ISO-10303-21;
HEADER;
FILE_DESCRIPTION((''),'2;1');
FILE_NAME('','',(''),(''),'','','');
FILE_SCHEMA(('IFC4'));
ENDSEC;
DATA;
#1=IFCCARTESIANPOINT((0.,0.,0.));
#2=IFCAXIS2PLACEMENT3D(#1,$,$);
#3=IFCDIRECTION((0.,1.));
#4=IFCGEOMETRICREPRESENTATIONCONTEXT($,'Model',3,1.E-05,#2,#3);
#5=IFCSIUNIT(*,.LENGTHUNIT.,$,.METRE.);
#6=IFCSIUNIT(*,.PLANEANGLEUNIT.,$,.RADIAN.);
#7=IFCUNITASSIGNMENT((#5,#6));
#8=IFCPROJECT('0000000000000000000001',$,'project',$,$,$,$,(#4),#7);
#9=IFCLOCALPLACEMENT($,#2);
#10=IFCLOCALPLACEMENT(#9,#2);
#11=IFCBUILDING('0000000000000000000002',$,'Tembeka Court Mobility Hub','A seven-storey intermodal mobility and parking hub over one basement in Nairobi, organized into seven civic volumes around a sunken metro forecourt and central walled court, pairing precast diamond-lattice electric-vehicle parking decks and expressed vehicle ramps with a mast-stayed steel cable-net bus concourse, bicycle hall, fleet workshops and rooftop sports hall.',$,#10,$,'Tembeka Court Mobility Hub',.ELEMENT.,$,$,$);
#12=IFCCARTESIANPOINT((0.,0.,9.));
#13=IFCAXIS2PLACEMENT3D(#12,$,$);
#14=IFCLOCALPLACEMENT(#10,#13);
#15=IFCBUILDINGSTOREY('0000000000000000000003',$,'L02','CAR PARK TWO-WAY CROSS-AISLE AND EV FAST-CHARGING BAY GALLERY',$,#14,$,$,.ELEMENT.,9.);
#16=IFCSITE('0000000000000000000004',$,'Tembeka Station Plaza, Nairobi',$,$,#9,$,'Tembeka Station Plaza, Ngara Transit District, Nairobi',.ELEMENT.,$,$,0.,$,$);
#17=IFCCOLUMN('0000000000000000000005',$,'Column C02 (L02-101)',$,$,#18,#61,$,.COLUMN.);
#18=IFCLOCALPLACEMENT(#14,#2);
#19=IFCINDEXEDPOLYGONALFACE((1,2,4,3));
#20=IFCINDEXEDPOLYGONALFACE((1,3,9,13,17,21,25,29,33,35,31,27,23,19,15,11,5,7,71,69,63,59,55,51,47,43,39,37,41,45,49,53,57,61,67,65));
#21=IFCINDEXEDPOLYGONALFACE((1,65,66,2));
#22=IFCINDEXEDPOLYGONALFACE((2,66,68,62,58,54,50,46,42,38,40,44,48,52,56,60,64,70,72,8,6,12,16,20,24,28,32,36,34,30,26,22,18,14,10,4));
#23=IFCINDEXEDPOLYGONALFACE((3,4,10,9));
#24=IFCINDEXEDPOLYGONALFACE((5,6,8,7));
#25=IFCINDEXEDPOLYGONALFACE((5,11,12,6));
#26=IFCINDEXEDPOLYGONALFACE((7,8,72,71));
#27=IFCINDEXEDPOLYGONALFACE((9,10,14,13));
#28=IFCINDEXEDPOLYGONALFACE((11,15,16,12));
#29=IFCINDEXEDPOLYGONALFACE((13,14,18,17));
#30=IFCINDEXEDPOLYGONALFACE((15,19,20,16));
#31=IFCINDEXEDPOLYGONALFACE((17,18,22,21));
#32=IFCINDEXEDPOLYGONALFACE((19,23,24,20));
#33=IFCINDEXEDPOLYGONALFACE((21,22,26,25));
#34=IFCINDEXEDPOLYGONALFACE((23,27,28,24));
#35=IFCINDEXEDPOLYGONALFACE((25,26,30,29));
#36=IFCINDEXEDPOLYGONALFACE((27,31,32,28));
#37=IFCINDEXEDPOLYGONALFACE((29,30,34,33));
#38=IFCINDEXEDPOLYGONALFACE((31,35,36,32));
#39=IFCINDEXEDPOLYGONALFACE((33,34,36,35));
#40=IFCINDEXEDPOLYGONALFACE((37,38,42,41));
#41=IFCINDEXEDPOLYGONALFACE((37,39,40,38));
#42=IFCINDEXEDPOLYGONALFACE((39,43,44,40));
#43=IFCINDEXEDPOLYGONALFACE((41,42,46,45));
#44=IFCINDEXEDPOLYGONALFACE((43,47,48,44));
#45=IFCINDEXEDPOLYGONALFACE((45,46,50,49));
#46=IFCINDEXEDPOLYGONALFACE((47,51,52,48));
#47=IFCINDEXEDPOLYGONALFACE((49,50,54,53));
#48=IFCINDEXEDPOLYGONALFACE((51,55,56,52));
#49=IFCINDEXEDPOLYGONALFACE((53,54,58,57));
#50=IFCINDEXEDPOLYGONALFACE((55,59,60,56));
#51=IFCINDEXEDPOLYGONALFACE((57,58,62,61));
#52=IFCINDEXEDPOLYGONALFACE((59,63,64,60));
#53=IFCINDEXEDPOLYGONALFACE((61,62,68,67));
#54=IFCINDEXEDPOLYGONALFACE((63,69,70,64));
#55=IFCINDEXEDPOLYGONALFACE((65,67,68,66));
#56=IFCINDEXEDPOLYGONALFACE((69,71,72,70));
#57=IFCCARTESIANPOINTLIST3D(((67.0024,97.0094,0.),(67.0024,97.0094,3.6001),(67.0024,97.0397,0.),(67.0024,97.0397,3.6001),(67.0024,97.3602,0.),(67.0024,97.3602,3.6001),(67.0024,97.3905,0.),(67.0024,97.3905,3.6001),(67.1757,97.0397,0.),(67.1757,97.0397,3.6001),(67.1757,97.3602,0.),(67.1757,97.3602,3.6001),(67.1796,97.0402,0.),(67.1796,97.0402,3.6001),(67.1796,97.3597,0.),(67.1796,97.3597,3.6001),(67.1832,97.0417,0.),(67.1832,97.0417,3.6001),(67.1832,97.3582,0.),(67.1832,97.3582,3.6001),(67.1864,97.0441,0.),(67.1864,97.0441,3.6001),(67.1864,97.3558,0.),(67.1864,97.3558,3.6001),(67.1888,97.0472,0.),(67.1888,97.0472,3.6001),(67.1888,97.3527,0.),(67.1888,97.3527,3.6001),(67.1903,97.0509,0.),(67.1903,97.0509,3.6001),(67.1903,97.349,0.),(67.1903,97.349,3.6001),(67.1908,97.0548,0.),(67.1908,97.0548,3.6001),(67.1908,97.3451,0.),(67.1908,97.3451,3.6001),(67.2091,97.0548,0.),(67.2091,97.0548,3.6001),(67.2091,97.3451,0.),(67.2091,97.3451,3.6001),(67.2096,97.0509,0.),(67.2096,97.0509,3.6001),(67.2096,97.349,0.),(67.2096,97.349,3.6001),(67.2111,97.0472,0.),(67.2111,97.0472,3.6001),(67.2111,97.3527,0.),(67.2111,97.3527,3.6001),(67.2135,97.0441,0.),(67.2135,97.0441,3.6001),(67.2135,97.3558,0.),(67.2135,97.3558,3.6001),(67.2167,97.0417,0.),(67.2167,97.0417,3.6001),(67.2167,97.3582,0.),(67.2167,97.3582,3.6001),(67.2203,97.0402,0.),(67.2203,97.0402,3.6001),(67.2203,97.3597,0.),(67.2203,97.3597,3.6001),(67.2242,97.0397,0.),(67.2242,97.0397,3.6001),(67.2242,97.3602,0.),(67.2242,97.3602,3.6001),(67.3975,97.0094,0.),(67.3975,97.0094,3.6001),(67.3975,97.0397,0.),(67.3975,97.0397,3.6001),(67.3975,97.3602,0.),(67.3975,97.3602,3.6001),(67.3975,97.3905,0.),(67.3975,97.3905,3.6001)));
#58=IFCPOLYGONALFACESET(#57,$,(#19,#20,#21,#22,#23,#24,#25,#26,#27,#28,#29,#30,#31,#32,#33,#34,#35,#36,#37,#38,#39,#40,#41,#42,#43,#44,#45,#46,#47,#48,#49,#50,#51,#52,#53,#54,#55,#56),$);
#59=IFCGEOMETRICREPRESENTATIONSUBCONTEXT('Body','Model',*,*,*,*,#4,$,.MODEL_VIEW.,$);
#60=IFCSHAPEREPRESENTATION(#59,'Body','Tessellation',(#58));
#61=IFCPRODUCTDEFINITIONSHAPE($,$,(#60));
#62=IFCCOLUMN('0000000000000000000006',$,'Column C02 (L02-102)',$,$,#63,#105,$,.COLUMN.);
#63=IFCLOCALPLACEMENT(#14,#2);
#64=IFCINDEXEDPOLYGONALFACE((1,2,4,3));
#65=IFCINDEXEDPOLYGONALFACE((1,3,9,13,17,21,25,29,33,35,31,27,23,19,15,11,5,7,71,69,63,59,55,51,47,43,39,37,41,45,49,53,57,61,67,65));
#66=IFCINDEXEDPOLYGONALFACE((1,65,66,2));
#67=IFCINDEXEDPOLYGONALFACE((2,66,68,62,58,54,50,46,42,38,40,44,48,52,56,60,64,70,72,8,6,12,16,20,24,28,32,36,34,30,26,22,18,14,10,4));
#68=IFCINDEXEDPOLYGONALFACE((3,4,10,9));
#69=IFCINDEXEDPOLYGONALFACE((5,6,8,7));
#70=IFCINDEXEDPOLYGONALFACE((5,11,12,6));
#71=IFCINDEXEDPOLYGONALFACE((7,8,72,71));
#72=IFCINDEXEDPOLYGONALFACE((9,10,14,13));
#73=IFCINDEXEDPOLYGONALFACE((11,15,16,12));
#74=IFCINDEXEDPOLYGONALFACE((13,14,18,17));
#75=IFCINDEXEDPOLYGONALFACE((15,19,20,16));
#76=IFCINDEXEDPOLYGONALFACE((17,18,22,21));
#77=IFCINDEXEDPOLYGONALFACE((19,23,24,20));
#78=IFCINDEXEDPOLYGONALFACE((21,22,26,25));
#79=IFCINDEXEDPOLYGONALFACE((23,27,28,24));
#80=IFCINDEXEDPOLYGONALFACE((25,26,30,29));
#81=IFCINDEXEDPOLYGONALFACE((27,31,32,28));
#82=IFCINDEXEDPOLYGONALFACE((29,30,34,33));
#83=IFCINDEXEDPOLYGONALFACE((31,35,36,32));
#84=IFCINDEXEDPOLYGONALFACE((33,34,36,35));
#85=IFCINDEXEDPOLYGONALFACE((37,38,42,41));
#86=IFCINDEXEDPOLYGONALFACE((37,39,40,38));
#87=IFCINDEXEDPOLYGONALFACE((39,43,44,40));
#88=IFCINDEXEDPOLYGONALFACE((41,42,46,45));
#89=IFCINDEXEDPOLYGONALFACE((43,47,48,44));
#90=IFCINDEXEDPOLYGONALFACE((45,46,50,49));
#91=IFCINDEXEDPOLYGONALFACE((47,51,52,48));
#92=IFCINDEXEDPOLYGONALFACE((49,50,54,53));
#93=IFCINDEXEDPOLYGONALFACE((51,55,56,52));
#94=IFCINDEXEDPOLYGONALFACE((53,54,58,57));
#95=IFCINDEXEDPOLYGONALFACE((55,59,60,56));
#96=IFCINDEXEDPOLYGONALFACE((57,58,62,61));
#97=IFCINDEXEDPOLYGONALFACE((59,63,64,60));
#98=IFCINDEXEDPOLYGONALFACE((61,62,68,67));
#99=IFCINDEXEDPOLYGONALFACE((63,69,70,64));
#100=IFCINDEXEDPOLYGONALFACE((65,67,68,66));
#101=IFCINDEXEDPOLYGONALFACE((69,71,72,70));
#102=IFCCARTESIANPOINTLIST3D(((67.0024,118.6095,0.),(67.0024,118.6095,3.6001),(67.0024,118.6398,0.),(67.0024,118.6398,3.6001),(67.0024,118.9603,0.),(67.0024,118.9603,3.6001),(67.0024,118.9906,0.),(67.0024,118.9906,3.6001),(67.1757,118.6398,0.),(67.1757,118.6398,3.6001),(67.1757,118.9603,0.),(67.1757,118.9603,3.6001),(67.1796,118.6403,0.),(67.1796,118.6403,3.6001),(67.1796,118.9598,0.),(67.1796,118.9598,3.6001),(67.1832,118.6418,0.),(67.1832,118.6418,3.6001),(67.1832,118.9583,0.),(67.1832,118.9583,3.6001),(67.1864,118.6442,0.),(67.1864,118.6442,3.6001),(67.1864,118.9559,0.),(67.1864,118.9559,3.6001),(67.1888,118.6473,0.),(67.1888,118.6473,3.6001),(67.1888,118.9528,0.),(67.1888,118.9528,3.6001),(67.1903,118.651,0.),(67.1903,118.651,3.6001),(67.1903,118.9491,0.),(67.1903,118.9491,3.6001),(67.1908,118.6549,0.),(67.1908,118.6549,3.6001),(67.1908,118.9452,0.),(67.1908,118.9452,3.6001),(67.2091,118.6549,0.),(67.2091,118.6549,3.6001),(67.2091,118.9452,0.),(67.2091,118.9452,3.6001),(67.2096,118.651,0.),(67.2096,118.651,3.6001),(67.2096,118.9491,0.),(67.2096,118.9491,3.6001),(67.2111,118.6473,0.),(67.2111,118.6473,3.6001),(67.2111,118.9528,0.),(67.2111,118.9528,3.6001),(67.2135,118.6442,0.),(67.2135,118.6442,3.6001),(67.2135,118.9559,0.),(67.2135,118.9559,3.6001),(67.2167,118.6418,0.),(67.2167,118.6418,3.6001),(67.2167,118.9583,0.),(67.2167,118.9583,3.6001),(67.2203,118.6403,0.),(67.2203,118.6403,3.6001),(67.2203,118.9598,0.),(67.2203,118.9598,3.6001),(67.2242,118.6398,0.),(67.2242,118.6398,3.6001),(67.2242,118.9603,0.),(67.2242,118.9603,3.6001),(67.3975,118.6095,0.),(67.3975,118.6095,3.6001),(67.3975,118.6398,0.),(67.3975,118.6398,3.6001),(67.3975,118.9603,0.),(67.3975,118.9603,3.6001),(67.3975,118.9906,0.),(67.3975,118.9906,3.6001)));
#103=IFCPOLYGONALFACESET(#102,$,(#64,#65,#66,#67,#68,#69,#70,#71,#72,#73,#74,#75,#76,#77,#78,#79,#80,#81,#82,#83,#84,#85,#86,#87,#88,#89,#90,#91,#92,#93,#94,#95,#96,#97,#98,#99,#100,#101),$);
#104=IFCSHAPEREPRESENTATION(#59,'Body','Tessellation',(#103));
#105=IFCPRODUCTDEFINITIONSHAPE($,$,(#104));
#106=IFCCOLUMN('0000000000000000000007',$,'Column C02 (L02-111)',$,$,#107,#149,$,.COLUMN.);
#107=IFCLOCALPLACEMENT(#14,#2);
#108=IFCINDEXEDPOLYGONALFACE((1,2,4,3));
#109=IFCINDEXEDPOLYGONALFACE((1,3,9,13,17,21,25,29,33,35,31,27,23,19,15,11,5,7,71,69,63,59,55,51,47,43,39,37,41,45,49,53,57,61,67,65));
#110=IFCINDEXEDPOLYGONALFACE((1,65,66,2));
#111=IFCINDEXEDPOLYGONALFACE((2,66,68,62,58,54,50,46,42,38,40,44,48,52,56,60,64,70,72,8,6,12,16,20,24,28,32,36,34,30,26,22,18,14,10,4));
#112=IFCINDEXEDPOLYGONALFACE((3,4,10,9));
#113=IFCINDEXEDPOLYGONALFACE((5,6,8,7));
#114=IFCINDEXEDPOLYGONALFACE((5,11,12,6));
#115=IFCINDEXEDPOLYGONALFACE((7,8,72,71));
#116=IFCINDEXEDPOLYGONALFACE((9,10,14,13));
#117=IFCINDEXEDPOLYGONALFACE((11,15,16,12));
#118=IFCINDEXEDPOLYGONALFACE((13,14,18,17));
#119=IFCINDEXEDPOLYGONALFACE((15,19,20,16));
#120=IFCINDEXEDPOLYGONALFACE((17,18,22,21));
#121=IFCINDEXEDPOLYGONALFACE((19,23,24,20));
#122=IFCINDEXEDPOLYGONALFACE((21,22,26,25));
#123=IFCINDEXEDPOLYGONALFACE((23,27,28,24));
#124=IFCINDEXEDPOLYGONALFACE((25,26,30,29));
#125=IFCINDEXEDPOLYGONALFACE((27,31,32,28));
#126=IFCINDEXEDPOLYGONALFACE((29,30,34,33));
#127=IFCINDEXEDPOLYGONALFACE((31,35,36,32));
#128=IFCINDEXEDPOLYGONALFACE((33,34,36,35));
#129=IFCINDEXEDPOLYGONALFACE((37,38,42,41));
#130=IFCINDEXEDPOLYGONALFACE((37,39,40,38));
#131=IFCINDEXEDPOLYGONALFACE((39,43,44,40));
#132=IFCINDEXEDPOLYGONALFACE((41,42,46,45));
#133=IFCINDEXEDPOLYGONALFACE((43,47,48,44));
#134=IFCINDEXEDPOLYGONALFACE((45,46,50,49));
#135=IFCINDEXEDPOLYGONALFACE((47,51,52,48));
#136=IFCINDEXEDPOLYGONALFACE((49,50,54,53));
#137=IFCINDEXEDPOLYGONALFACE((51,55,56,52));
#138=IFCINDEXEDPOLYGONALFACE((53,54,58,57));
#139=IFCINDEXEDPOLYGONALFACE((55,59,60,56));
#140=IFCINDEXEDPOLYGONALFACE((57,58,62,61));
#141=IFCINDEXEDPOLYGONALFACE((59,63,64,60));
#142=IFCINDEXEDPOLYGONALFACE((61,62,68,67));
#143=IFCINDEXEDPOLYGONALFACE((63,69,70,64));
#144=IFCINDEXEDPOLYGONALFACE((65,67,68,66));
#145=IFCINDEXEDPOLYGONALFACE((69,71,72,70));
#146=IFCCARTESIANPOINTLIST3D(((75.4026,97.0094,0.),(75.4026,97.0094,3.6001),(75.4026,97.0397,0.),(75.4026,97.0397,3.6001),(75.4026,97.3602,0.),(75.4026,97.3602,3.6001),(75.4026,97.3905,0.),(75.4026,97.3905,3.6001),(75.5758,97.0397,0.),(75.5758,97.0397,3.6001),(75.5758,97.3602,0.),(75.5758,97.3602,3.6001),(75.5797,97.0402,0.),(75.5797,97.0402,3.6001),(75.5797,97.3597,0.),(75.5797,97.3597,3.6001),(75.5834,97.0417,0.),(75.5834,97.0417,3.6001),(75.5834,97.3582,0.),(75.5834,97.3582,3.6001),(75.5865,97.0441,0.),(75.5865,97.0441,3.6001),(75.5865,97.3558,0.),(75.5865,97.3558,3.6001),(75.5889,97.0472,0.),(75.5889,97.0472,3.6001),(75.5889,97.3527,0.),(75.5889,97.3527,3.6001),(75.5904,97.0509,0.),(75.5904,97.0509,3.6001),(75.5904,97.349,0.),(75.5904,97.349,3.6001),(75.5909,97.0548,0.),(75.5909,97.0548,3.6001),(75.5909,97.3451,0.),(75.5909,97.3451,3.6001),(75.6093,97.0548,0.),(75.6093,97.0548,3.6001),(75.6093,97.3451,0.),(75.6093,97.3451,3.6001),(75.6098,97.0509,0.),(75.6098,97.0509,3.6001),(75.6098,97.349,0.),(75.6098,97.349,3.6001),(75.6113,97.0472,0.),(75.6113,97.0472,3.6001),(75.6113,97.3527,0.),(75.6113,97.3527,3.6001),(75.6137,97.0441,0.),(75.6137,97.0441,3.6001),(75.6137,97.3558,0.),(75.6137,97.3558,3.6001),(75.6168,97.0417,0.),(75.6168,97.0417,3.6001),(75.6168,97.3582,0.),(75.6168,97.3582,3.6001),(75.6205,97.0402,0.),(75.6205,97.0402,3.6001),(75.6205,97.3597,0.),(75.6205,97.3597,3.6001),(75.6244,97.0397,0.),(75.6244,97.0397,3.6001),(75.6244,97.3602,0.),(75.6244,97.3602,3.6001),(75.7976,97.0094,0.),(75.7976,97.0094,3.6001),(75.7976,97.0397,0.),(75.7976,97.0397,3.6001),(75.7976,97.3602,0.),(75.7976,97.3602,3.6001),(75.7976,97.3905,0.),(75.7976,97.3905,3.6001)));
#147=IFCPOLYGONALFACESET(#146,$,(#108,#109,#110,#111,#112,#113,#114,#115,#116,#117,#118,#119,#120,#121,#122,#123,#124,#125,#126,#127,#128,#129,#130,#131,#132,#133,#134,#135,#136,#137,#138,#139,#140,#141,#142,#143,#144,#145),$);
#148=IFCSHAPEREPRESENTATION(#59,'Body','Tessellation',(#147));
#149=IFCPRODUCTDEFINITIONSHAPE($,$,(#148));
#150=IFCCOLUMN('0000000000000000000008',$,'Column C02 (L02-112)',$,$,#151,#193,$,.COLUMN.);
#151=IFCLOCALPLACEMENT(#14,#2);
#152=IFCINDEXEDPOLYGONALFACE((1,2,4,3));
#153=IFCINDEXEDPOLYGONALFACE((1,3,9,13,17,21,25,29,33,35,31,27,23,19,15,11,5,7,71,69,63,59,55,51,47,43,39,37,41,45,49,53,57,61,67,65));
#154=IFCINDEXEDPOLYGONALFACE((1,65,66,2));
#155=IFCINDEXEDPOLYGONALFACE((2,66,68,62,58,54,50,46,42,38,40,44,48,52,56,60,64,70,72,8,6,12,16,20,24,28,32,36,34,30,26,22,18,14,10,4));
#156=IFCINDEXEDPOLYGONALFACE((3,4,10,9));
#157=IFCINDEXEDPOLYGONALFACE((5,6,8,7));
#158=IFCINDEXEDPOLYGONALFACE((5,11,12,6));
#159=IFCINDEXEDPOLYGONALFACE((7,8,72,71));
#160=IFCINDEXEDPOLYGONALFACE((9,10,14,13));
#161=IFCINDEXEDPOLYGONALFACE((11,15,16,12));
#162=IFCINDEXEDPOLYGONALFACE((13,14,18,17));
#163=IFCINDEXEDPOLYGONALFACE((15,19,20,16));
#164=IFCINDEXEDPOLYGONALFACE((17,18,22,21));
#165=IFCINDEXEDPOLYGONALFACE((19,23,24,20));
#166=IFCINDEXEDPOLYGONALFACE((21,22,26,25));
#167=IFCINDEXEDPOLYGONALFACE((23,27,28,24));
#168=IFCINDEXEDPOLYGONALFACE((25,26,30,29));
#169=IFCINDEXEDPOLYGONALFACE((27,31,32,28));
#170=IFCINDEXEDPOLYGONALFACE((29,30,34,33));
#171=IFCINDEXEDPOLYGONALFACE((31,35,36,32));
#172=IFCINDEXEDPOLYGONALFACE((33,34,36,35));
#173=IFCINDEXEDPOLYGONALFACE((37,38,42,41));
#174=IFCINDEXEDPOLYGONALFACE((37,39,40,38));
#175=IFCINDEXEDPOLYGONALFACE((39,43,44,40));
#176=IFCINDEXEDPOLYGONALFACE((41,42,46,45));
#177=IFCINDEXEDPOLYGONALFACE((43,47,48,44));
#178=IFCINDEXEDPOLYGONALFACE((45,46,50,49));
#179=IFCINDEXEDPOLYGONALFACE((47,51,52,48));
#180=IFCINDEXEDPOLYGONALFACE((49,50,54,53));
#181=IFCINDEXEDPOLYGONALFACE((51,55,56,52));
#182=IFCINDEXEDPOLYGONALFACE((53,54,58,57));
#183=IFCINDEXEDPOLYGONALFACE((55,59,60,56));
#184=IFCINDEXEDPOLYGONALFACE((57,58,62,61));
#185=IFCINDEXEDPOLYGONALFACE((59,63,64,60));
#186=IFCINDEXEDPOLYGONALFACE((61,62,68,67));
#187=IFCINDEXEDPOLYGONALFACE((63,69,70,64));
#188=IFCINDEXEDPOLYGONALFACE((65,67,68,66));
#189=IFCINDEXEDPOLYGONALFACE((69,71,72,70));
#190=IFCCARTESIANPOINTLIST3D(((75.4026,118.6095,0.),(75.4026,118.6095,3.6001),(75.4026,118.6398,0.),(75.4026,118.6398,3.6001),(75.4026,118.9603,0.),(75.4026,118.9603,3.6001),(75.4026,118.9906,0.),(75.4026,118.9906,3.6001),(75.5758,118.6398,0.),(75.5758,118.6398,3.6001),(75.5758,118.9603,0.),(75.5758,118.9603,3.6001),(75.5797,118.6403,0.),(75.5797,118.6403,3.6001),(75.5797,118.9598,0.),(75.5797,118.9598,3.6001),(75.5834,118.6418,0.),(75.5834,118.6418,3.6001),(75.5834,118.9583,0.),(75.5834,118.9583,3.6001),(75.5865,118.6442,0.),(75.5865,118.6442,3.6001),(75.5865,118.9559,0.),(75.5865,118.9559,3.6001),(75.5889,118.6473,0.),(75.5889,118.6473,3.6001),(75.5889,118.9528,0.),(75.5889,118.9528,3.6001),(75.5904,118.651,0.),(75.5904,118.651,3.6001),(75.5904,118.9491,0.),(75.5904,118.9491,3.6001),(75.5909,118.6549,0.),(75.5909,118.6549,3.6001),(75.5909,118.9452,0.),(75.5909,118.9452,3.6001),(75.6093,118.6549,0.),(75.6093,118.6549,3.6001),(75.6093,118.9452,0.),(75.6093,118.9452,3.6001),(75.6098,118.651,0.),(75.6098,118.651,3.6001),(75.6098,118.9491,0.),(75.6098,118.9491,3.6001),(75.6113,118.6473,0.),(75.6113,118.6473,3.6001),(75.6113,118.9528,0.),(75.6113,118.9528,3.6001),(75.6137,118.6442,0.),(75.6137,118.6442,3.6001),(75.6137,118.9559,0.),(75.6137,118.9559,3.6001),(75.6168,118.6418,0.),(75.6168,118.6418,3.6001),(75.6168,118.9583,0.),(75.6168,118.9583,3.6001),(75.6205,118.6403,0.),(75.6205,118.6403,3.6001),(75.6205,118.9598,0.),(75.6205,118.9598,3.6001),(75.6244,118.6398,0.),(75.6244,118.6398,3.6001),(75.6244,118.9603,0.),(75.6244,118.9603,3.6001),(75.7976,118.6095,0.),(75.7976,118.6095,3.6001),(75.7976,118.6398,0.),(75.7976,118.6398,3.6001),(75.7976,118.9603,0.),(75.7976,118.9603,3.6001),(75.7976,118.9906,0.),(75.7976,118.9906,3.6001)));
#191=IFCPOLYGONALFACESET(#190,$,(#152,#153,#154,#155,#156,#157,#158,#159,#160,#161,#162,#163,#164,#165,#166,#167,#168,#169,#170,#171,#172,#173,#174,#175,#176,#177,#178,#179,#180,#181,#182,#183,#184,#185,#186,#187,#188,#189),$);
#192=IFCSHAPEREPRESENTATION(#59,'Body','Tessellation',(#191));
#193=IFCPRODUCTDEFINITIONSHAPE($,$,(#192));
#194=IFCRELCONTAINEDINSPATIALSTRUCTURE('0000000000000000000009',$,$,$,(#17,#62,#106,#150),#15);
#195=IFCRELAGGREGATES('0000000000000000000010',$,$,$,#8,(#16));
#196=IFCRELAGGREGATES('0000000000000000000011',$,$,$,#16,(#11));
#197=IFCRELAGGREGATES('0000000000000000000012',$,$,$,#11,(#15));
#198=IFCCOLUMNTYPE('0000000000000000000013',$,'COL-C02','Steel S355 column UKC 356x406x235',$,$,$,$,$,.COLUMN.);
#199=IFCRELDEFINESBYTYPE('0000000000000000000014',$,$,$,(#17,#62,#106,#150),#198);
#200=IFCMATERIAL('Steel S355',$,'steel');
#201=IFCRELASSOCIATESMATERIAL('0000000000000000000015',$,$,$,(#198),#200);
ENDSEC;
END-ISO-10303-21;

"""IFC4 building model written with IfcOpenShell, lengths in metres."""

from ifc_helpers import new_model, si_unit, direction, frame, origin, origin_2d, place, context, subcontext, project, spatial, i_section, extrude, material, material_profile, profile_set, type_object, element, save


model = new_model("IFC4")

# Units and contexts
model_context = context("Model", 3, precision=1e-05, world=origin(), true_north=direction((0.0, 1.0)))
body_context = subcontext(model_context, "Body", "Model", "MODEL_VIEW")
ifc_project = project(units=[si_unit("LENGTHUNIT", "METRE"), si_unit("PLANEANGLEUNIT", "RADIAN")], contexts=[model_context])

# Site, building, storey
site_placement = place(None, origin())
site = spatial("IfcSite", under=ifc_project, at=site_placement, Name="Tembeka Station Plaza, Nairobi", LongName="Tembeka Station Plaza, Ngara Transit District, Nairobi", CompositionType="ELEMENT", RefElevation=0.0)
building_placement = place(site_placement, origin())
building = spatial("IfcBuilding", under=site, at=building_placement, Name="Tembeka Court Mobility Hub", Description="A seven-storey intermodal mobility and parking hub over one basement in Nairobi, organized into seven civic volumes around a sunken metro forecourt and central walled court, pairing precast diamond-lattice electric-vehicle parking decks and expressed vehicle ramps with a mast-stayed steel cable-net bus concourse, bicycle hall, fleet workshops and rooftop sports hall.", LongName="Tembeka Court Mobility Hub", CompositionType="ELEMENT")
storey_placement = place(building_placement, frame((0.0, 0.0, 9.0)))
storey = spatial("IfcBuildingStorey", under=building, at=storey_placement, Name="L02", Description="CAR PARK TWO-WAY CROSS-AISLE AND EV FAST-CHARGING BAY GALLERY", CompositionType="ELEMENT", Elevation=9.0)

# Columns
ifc_material_1 = material(Name="Steel S355", Category="steel")
ifc_material_profile_1 = material_profile(ifc_material_1, i_section(OverallWidth=0.395, OverallDepth=0.3811, WebThickness=0.0183, FlangeThickness=0.0303, FilletRadius=0.0151, at=origin_2d()), Name="UKC 356x406x235")
ifc_profile_set_1 = profile_set([ifc_material_profile_1], Name="Steel S355")
column_type = type_object("IfcColumnType", Name="COL-C02", Description="Steel S355 column UKC 356x406x235", PredefinedType="COLUMN", material=ifc_profile_set_1)
for number, where, z_axis, x_axis, name in (
    (1, (67.2, 97.2, 0.0), (0.0, 0.0, 1.0), (1.0, 0.0, 0.0), "Column C02 (L02-101)"),
    (2, (67.2, 118.8, 0.0), (0.0, 0.0, 1.0), (1.0, 0.0, 0.0), "Column C02 (L02-102)"),
    (3, (75.6001, 97.2, 0.0), (0.0, 0.0, 1.0), (1.0, 0.0, 0.0), "Column C02 (L02-111)"),
    (4, (75.6001, 118.8, 0.0), (0.0, 0.0, 1.0), (1.0, 0.0, 0.0), "Column C02 (L02-112)"),
):
    element("IfcColumn", number, at=place(storey_placement, frame(where, z_axis=z_axis, x_axis=x_axis)), inside=storey, type_object=column_type, Name=name, PredefinedType="COLUMN", context=body_context, shape_type="SweptSolid", body=[
        extrude(i_section(OverallWidth=0.395, OverallDepth=0.3811, WebThickness=0.0183, FlangeThickness=0.0303, FilletRadius=0.0151, at=origin_2d()), origin(), (0.0, 0.0, 1.0), 3.6001),
    ])

save(model, "model.ifc")
